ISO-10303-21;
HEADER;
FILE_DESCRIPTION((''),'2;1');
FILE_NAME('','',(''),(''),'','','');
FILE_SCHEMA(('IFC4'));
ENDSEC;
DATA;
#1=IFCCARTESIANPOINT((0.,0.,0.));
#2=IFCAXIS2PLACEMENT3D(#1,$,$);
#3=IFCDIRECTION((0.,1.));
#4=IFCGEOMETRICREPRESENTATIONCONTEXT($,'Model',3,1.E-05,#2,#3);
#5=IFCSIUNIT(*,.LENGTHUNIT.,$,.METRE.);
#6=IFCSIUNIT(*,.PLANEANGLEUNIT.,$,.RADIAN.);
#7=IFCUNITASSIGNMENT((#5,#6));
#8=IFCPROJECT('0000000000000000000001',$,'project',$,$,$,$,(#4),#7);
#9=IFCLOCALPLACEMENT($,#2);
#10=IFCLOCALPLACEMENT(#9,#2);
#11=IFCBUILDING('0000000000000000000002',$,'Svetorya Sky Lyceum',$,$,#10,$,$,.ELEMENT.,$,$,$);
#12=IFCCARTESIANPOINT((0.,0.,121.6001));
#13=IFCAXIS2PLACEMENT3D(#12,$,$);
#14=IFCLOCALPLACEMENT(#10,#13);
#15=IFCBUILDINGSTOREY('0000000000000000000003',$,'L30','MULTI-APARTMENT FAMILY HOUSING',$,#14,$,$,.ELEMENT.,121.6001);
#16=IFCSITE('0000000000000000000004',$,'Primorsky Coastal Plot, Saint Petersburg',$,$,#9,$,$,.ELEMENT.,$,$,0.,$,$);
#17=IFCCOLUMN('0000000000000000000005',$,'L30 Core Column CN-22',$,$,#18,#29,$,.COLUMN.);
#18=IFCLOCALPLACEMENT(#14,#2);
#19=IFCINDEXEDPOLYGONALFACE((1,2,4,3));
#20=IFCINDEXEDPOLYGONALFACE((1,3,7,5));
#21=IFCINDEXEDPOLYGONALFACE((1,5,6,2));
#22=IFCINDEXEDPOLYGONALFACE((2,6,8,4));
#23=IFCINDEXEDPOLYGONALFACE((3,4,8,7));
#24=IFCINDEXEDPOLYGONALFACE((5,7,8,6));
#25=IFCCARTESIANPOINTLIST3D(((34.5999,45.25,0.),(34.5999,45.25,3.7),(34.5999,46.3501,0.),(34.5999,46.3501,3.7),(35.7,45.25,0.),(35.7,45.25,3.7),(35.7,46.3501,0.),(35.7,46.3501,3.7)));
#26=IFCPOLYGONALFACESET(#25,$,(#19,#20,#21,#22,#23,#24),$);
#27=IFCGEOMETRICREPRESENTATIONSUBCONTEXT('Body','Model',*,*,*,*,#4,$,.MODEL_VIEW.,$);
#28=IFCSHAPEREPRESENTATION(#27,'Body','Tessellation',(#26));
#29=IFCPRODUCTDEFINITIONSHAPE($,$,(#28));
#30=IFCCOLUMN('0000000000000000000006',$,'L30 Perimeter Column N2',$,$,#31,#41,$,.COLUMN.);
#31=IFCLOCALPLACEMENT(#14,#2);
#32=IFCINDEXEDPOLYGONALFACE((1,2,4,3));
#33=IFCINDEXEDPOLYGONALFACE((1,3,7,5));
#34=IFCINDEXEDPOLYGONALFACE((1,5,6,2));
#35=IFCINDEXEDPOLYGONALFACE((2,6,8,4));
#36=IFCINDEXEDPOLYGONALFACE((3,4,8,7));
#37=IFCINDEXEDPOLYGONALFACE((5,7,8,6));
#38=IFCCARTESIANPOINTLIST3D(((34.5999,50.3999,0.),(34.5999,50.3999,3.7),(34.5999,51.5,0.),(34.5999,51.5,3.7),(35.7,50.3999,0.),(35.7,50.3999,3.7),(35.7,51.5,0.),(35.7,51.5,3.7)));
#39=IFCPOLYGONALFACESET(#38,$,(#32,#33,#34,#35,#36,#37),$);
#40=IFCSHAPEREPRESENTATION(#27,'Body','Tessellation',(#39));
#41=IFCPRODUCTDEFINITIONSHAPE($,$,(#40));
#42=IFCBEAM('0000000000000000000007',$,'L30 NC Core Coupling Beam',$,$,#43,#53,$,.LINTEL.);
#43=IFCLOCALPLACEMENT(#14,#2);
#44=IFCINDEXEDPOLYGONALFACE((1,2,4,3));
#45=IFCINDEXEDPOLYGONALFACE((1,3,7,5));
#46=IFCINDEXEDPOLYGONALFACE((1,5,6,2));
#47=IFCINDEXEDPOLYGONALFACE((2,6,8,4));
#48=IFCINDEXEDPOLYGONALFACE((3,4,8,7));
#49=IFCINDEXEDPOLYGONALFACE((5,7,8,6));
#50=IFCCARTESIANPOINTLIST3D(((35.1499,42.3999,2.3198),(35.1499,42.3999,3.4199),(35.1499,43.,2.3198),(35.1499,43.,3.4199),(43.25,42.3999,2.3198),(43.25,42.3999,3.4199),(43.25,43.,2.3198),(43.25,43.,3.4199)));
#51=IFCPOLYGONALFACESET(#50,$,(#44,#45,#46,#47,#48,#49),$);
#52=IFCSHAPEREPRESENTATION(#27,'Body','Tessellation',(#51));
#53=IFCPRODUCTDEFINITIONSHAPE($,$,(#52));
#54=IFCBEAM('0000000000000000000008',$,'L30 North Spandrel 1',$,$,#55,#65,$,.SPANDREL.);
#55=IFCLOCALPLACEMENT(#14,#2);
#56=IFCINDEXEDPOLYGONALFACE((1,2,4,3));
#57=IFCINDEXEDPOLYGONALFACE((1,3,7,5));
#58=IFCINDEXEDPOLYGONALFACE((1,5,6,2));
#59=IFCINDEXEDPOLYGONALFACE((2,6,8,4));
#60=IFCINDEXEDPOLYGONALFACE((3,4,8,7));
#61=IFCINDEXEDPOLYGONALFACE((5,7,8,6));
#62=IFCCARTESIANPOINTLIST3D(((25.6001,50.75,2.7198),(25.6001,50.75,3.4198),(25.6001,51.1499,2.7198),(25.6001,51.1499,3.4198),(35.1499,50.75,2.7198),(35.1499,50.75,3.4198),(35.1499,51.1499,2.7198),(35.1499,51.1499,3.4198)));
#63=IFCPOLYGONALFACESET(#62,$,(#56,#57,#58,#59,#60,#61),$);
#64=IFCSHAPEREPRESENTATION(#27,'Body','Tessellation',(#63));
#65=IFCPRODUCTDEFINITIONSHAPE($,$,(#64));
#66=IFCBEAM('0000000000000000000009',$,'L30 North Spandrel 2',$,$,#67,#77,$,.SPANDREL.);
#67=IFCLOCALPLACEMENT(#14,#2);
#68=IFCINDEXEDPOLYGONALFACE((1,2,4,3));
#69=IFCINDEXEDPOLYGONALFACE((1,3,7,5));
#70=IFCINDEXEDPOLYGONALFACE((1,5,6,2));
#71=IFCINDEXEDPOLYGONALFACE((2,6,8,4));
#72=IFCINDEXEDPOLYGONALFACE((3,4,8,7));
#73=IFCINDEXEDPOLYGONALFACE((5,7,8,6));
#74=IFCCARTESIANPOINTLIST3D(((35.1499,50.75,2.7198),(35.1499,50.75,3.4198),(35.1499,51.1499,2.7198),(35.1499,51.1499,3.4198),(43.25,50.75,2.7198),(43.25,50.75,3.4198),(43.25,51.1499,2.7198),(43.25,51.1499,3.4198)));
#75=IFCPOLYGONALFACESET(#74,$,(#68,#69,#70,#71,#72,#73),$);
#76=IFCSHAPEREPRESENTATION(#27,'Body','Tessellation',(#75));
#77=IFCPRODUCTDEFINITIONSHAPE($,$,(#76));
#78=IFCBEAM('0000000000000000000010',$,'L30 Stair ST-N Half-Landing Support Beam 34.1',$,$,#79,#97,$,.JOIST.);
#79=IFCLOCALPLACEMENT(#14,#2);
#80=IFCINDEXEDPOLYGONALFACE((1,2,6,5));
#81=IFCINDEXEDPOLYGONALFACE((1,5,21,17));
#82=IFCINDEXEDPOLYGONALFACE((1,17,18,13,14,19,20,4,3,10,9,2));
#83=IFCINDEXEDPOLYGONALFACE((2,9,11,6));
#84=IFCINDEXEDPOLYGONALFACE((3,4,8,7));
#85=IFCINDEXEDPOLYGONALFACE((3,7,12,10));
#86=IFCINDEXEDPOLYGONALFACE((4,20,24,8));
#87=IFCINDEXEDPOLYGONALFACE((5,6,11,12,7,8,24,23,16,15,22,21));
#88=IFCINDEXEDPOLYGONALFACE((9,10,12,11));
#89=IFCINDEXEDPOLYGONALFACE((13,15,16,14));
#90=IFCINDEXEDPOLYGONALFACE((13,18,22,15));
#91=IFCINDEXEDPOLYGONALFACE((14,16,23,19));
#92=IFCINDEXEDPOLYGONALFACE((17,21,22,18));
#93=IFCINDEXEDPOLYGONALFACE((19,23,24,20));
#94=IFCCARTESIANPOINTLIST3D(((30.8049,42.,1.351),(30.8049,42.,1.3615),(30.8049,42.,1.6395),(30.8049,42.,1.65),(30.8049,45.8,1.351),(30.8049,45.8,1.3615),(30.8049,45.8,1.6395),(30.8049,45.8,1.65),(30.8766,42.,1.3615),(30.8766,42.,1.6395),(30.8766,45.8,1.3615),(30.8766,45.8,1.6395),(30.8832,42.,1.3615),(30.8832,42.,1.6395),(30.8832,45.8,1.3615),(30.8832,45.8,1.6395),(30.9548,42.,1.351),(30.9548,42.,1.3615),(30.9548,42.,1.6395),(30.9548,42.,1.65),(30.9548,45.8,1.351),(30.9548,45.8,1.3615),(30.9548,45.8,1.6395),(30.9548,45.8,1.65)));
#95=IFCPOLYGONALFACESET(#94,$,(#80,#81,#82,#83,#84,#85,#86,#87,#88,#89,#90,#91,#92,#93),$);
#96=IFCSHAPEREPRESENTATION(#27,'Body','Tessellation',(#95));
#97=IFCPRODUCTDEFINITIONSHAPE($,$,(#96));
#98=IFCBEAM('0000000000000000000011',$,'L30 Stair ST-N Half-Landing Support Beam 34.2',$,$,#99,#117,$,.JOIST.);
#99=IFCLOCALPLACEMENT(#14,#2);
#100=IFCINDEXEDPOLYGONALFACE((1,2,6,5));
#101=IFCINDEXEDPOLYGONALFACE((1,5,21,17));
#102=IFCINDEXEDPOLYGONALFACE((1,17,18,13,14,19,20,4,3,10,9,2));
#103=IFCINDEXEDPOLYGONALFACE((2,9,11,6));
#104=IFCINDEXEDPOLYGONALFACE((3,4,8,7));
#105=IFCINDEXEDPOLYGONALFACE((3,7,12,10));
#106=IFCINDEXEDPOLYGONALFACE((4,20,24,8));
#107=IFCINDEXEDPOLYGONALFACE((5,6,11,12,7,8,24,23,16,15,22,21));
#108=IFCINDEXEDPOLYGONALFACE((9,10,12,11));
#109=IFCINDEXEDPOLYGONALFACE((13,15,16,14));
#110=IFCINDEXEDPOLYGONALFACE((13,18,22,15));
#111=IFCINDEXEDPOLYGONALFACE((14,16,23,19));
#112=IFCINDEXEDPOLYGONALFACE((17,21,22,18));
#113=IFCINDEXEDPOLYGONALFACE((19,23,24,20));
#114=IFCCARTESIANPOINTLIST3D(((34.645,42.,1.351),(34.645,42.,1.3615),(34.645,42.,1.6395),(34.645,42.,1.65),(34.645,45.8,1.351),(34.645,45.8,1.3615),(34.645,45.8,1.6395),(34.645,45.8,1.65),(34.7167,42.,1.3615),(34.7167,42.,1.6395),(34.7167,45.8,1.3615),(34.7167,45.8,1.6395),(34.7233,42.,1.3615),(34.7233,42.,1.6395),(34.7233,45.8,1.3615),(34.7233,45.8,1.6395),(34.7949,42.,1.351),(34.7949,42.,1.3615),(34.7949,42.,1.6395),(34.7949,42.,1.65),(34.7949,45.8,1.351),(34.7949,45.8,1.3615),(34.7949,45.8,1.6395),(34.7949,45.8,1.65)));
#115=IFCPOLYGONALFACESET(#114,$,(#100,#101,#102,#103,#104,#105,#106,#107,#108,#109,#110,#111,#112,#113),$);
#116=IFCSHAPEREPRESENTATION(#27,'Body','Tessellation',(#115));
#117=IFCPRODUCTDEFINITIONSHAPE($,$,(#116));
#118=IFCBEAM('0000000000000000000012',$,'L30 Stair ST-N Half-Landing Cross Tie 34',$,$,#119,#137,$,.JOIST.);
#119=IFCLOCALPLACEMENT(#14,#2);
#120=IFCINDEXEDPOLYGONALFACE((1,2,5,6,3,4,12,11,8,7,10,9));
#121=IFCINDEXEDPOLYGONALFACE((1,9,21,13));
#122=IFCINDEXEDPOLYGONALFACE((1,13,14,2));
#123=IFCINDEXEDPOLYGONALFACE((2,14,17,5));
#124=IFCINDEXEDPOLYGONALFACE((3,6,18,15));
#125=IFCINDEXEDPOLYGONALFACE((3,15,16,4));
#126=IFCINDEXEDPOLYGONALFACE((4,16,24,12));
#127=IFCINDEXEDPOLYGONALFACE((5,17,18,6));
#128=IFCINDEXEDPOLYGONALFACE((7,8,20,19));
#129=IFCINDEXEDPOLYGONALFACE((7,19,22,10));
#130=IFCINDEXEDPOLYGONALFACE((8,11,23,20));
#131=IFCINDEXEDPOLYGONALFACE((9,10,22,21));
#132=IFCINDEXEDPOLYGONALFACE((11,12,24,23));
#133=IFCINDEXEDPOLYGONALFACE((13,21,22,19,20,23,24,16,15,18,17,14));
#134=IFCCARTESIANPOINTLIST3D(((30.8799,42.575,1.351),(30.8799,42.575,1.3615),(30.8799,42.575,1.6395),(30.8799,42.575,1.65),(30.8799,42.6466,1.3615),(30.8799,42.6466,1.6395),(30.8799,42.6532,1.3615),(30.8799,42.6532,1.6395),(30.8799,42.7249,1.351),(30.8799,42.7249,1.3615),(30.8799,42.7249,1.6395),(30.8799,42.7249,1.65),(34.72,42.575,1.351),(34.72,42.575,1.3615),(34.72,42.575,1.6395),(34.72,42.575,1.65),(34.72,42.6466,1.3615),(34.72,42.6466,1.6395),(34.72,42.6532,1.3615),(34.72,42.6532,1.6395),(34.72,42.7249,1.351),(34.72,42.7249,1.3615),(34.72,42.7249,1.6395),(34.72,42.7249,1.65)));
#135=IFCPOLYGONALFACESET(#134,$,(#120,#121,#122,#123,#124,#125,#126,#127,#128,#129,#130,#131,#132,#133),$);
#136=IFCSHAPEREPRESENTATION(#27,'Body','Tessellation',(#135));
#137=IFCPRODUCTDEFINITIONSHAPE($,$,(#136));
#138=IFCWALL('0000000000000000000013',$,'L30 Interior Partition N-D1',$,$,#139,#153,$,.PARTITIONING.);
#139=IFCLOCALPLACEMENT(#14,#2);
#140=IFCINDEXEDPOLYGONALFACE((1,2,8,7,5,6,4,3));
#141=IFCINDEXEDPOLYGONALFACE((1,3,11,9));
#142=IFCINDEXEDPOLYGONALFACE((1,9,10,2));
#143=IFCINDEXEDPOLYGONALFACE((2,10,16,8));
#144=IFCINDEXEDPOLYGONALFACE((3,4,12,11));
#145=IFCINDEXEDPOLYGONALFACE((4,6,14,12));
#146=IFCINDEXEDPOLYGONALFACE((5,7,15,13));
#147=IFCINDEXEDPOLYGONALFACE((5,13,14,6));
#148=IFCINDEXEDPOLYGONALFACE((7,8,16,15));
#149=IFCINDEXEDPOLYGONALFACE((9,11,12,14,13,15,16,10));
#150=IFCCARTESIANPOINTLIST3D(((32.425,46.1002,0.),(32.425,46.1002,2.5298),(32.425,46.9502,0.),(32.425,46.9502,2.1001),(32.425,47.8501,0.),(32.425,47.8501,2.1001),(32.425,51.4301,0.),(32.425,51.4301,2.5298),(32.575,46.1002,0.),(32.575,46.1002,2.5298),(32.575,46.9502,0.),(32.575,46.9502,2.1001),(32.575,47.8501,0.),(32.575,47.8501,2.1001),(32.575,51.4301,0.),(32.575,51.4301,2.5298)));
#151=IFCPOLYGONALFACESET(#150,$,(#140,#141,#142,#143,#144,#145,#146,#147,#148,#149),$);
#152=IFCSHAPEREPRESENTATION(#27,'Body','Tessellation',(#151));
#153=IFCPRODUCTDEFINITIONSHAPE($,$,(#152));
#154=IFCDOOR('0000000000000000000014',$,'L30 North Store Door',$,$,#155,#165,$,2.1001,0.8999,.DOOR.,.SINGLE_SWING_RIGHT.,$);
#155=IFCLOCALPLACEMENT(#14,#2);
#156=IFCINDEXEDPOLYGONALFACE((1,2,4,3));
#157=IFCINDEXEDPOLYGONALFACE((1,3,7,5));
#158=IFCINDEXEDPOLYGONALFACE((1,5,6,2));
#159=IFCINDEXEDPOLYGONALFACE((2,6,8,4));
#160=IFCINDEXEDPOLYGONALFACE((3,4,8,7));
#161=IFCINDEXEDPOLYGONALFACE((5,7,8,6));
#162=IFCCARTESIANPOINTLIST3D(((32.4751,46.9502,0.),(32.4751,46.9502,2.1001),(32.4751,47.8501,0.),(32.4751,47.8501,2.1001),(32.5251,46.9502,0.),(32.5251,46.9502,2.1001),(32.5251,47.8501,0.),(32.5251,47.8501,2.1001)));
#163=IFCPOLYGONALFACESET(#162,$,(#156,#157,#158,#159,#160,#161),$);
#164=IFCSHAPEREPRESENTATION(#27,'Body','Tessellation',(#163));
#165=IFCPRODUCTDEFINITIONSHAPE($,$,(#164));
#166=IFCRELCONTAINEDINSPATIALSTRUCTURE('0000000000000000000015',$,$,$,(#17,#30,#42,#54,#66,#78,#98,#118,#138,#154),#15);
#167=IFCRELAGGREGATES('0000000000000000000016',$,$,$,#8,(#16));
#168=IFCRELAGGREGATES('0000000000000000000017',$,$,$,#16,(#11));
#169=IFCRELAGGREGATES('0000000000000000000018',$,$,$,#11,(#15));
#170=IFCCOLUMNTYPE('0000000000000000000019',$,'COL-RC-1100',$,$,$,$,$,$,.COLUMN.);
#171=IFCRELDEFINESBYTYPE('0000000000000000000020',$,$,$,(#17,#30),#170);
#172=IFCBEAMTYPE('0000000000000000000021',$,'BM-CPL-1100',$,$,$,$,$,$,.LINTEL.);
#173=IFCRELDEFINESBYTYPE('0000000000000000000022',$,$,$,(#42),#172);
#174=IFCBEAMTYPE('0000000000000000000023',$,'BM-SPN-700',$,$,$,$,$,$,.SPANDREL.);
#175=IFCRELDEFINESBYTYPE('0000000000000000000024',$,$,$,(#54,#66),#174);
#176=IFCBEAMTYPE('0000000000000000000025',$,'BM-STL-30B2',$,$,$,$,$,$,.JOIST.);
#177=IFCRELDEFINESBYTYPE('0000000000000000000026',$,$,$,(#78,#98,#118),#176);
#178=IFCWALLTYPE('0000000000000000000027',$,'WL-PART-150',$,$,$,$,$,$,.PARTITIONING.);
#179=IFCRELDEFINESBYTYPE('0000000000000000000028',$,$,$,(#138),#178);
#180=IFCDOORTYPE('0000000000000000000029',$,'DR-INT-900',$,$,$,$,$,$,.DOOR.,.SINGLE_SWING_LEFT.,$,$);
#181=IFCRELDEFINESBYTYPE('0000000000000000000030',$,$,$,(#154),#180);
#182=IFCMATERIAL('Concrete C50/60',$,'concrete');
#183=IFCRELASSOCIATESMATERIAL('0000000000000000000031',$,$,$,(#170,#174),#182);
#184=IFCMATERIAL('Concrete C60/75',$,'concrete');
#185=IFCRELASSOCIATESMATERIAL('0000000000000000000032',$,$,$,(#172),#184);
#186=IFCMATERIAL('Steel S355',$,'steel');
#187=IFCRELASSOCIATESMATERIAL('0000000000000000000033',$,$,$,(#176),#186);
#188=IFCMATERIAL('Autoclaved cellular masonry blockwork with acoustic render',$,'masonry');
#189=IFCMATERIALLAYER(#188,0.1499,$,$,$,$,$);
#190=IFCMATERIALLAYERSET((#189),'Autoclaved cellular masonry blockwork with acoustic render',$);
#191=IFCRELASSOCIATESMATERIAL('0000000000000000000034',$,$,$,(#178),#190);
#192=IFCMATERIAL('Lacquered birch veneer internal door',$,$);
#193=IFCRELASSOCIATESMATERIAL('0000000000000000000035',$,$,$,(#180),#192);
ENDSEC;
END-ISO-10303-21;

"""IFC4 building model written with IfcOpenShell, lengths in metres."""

from ifc_helpers import new_model, si_unit, direction, frame, frame_2d, origin, origin_2d, place, context, subcontext, project, spatial, rectangle, i_section, extrude, material, layer, layer_set, material_profile, profile_set, type_object, element, fill, save


model = new_model("IFC4")

# Units and contexts
model_context = context("Model", 3, precision=1e-05, world=origin(), true_north=direction((0.0, 1.0)))
body_context = subcontext(model_context, "Body", "Model", "MODEL_VIEW")
ifc_project = project(units=[si_unit("LENGTHUNIT", "METRE"), si_unit("PLANEANGLEUNIT", "RADIAN")], contexts=[model_context])

# Site, building, storey
site_placement = place(None, origin())
site = spatial("IfcSite", under=ifc_project, at=site_placement, Name="Primorsky Coastal Plot, Saint Petersburg", CompositionType="ELEMENT", RefElevation=0.0)
building_placement = place(site_placement, origin())
building = spatial("IfcBuilding", under=site, at=building_placement, Name="Svetorya Sky Lyceum", CompositionType="ELEMENT")
storey_placement = place(building_placement, frame((0.0, 0.0, 121.6001)))
storey = spatial("IfcBuildingStorey", under=building, at=storey_placement, Name="L30", Description="MULTI-APARTMENT FAMILY HOUSING", CompositionType="ELEMENT", Elevation=121.6001)

# Columns
ifc_material_1 = material(Name="Concrete C50/60", Category="concrete")
ifc_material_profile_1 = material_profile(ifc_material_1, rectangle(XDim=1.1001, YDim=1.1001, at=origin_2d()), Name="RC COL 1100x1100")
ifc_profile_set_1 = profile_set([ifc_material_profile_1], Name="Concrete C50/60")
column_type = type_object("IfcColumnType", Name="COL-RC-1100", PredefinedType="COLUMN", material=ifc_profile_set_1)
for number, where, z_axis, x_axis, name in (
    (1, (35.1499, 45.8, 0.0), (0.0, 0.0, 1.0), (1.0, 0.0, 0.0), "L30 Core Column CN-22"),
    (2, (35.1499, 50.95, 0.0), (0.0, 0.0, 1.0), (1.0, 0.0, 0.0), "L30 Perimeter Column N2"),
):
    element("IfcColumn", number, at=place(storey_placement, frame(where, z_axis=z_axis, x_axis=x_axis)), inside=storey, type_object=column_type, Name=name, PredefinedType="COLUMN", context=body_context, shape_type="SweptSolid", body=[
        extrude(rectangle(XDim=1.1001, YDim=1.1001, at=origin_2d()), origin(), (0.0, 0.0, 1.0), 3.7),
    ])

# Beams
ifc_material_2 = material(Name="Concrete C60/75", Category="concrete")
ifc_material_profile_2 = material_profile(ifc_material_2, rectangle(XDim=0.6001, YDim=1.1001, at=origin_2d()), Name="RC COUPLING 600x1100")
ifc_profile_set_2 = profile_set([ifc_material_profile_2], Name="Concrete C60/75")
beam_type_1 = type_object("IfcBeamType", Name="BM-CPL-1100", PredefinedType="LINTEL", material=ifc_profile_set_2)
beam_1_placement = place(storey_placement, frame((35.1499, 42.7, 2.8699), z_axis=(1.0, 0.0, 0.0), x_axis=(0.0, 1.0, 0.0)))
element("IfcBeam", 3, at=beam_1_placement, inside=storey, type_object=beam_type_1, Name="L30 NC Core Coupling Beam", PredefinedType="LINTEL", context=body_context, shape_type="SweptSolid", body=[
    extrude(rectangle(XDim=0.6001, YDim=1.1001, at=origin_2d()), origin(), (0.0, 0.0, 1.0), 8.1001),
])
ifc_material_profile_3 = material_profile(ifc_material_1, rectangle(XDim=0.3999, YDim=0.7, at=origin_2d()), Name="RC SPANDREL 400x700")
ifc_profile_set_3 = profile_set([ifc_material_profile_3], Name="Concrete C50/60")
beam_type_2 = type_object("IfcBeamType", Name="BM-SPN-700", PredefinedType="SPANDREL", material=ifc_profile_set_3)
beam_2_placement = place(storey_placement, frame((25.6001, 50.95, 3.0698), z_axis=(1.0, 0.0, 0.0), x_axis=(0.0, 1.0, 0.0)))
element("IfcBeam", 4, at=beam_2_placement, inside=storey, type_object=beam_type_2, Name="L30 North Spandrel 1", PredefinedType="SPANDREL", context=body_context, shape_type="SweptSolid", body=[
    extrude(rectangle(XDim=0.3999, YDim=0.7, at=origin_2d()), origin(), (0.0, 0.0, 1.0), 9.5498),
])
beam_3_placement = place(storey_placement, frame((35.1499, 50.95, 3.0698), z_axis=(1.0, 0.0, 0.0), x_axis=(0.0, 1.0, 0.0)))
element("IfcBeam", 5, at=beam_3_placement, inside=storey, type_object=beam_type_2, Name="L30 North Spandrel 2", PredefinedType="SPANDREL", context=body_context, shape_type="SweptSolid", body=[
    extrude(rectangle(XDim=0.3999, YDim=0.7, at=origin_2d()), origin(), (0.0, 0.0, 1.0), 8.1001),
])
ifc_material_3 = material(Name="Steel S355", Category="steel")
ifc_material_profile_4 = material_profile(ifc_material_3, i_section(OverallWidth=0.1499, OverallDepth=0.2991, WebThickness=0.0066, FlangeThickness=0.0105, at=origin_2d()), Name="GOST 30B2")
ifc_profile_set_4 = profile_set([ifc_material_profile_4], Name="Steel S355")
beam_type_3 = type_object("IfcBeamType", Name="BM-STL-30B2", PredefinedType="JOIST", material=ifc_profile_set_4)
for number, where, z_axis, x_axis, name in (
    (6, (30.8799, 42.0, 1.5005), (0.0, 1.0, 0.0), (-1.0, 0.0, 0.0), "L30 Stair ST-N Half-Landing Support Beam 34.1"),
    (7, (34.72, 42.0, 1.5005), (0.0, 1.0, 0.0), (-1.0, 0.0, 0.0), "L30 Stair ST-N Half-Landing Support Beam 34.2"),
):
    element("IfcBeam", number, at=place(storey_placement, frame(where, z_axis=z_axis, x_axis=x_axis)), inside=storey, type_object=beam_type_3, Name=name, PredefinedType="JOIST", context=body_context, shape_type="SweptSolid", body=[
        extrude(i_section(OverallWidth=0.1499, OverallDepth=0.2991, WebThickness=0.0066, FlangeThickness=0.0105, at=origin_2d()), origin(), (0.0, 0.0, 1.0), 3.8),
    ])
beam_4_placement = place(storey_placement, frame((30.8799, 42.6499, 1.5005), z_axis=(1.0, 0.0, 0.0), x_axis=(0.0, 1.0, 0.0)))
element("IfcBeam", 8, at=beam_4_placement, inside=storey, type_object=beam_type_3, Name="L30 Stair ST-N Half-Landing Cross Tie 34", PredefinedType="JOIST", context=body_context, shape_type="SweptSolid", body=[
    extrude(i_section(OverallWidth=0.1499, OverallDepth=0.2991, WebThickness=0.0066, FlangeThickness=0.0105, at=origin_2d()), origin(), (0.0, 0.0, 1.0), 3.8401),
])

# Wall, opening, door
ifc_material_4 = material(Name="Autoclaved cellular masonry blockwork with acoustic render", Category="masonry")
ifc_layer = layer(ifc_material_4, 0.1499)
ifc_layer_set = layer_set([ifc_layer], Name="Autoclaved cellular masonry blockwork with acoustic render")
wall_type = type_object("IfcWallType", Name="WL-PART-150", PredefinedType="PARTITIONING", material=ifc_layer_set)
wall_placement = place(storey_placement, frame((32.5, 46.1001, 0.0), z_axis=(0.0, 0.0, 1.0), x_axis=(0.0, 1.0, 0.0)))
wall = element("IfcWall", 9, at=wall_placement, inside=storey, type_object=wall_type, Name="L30 Interior Partition N-D1", PredefinedType="PARTITIONING", context=body_context, shape_type="SweptSolid", body=[
    extrude(rectangle(XDim=5.3298, YDim=0.1499, at=frame_2d((2.665, 0.0))), origin(), (0.0, 0.0, 1.0), 2.5298),
])
opening_placement = place(wall_placement, frame((0.8501, 0.0, 0.0)))
opening = element("IfcOpeningElement", 10, at=opening_placement, cuts=wall, PredefinedType="OPENING", context=body_context, shape_type="SweptSolid", body=[
    extrude(rectangle(XDim=0.8999, YDim=2.1001, at=frame_2d((0.45, 1.05))), frame((0.0, 0.085, 0.0), z_axis=(0.0, -1.0, 0.0), x_axis=(1.0, 0.0, 0.0)), (0.0, 0.0, 1.0), 0.1699),
])
ifc_material_5 = material(Name="Lacquered birch veneer internal door")
door_type = type_object("IfcDoorType", Name="DR-INT-900", OperationType="SINGLE_SWING_LEFT", PredefinedType="DOOR", material=ifc_material_5)
door_placement = place(opening_placement, origin())
door = element("IfcDoor", 11, at=door_placement, inside=storey, type_object=door_type, Name="L30 North Store Door", OperationType="SINGLE_SWING_RIGHT", OverallHeight=2.1001, OverallWidth=0.8999, PredefinedType="DOOR", context=body_context, shape_type="SweptSolid", body=[
    extrude(rectangle(XDim=0.8999, YDim=2.1001, at=frame_2d((0.45, 1.05))), frame((0.0, 0.0249, 0.0), z_axis=(0.0, -1.0, 0.0), x_axis=(1.0, 0.0, 0.0)), (0.0, 0.0, 1.0), 0.05),
])
fill(opening, door)

save(model, "model.ifc")
